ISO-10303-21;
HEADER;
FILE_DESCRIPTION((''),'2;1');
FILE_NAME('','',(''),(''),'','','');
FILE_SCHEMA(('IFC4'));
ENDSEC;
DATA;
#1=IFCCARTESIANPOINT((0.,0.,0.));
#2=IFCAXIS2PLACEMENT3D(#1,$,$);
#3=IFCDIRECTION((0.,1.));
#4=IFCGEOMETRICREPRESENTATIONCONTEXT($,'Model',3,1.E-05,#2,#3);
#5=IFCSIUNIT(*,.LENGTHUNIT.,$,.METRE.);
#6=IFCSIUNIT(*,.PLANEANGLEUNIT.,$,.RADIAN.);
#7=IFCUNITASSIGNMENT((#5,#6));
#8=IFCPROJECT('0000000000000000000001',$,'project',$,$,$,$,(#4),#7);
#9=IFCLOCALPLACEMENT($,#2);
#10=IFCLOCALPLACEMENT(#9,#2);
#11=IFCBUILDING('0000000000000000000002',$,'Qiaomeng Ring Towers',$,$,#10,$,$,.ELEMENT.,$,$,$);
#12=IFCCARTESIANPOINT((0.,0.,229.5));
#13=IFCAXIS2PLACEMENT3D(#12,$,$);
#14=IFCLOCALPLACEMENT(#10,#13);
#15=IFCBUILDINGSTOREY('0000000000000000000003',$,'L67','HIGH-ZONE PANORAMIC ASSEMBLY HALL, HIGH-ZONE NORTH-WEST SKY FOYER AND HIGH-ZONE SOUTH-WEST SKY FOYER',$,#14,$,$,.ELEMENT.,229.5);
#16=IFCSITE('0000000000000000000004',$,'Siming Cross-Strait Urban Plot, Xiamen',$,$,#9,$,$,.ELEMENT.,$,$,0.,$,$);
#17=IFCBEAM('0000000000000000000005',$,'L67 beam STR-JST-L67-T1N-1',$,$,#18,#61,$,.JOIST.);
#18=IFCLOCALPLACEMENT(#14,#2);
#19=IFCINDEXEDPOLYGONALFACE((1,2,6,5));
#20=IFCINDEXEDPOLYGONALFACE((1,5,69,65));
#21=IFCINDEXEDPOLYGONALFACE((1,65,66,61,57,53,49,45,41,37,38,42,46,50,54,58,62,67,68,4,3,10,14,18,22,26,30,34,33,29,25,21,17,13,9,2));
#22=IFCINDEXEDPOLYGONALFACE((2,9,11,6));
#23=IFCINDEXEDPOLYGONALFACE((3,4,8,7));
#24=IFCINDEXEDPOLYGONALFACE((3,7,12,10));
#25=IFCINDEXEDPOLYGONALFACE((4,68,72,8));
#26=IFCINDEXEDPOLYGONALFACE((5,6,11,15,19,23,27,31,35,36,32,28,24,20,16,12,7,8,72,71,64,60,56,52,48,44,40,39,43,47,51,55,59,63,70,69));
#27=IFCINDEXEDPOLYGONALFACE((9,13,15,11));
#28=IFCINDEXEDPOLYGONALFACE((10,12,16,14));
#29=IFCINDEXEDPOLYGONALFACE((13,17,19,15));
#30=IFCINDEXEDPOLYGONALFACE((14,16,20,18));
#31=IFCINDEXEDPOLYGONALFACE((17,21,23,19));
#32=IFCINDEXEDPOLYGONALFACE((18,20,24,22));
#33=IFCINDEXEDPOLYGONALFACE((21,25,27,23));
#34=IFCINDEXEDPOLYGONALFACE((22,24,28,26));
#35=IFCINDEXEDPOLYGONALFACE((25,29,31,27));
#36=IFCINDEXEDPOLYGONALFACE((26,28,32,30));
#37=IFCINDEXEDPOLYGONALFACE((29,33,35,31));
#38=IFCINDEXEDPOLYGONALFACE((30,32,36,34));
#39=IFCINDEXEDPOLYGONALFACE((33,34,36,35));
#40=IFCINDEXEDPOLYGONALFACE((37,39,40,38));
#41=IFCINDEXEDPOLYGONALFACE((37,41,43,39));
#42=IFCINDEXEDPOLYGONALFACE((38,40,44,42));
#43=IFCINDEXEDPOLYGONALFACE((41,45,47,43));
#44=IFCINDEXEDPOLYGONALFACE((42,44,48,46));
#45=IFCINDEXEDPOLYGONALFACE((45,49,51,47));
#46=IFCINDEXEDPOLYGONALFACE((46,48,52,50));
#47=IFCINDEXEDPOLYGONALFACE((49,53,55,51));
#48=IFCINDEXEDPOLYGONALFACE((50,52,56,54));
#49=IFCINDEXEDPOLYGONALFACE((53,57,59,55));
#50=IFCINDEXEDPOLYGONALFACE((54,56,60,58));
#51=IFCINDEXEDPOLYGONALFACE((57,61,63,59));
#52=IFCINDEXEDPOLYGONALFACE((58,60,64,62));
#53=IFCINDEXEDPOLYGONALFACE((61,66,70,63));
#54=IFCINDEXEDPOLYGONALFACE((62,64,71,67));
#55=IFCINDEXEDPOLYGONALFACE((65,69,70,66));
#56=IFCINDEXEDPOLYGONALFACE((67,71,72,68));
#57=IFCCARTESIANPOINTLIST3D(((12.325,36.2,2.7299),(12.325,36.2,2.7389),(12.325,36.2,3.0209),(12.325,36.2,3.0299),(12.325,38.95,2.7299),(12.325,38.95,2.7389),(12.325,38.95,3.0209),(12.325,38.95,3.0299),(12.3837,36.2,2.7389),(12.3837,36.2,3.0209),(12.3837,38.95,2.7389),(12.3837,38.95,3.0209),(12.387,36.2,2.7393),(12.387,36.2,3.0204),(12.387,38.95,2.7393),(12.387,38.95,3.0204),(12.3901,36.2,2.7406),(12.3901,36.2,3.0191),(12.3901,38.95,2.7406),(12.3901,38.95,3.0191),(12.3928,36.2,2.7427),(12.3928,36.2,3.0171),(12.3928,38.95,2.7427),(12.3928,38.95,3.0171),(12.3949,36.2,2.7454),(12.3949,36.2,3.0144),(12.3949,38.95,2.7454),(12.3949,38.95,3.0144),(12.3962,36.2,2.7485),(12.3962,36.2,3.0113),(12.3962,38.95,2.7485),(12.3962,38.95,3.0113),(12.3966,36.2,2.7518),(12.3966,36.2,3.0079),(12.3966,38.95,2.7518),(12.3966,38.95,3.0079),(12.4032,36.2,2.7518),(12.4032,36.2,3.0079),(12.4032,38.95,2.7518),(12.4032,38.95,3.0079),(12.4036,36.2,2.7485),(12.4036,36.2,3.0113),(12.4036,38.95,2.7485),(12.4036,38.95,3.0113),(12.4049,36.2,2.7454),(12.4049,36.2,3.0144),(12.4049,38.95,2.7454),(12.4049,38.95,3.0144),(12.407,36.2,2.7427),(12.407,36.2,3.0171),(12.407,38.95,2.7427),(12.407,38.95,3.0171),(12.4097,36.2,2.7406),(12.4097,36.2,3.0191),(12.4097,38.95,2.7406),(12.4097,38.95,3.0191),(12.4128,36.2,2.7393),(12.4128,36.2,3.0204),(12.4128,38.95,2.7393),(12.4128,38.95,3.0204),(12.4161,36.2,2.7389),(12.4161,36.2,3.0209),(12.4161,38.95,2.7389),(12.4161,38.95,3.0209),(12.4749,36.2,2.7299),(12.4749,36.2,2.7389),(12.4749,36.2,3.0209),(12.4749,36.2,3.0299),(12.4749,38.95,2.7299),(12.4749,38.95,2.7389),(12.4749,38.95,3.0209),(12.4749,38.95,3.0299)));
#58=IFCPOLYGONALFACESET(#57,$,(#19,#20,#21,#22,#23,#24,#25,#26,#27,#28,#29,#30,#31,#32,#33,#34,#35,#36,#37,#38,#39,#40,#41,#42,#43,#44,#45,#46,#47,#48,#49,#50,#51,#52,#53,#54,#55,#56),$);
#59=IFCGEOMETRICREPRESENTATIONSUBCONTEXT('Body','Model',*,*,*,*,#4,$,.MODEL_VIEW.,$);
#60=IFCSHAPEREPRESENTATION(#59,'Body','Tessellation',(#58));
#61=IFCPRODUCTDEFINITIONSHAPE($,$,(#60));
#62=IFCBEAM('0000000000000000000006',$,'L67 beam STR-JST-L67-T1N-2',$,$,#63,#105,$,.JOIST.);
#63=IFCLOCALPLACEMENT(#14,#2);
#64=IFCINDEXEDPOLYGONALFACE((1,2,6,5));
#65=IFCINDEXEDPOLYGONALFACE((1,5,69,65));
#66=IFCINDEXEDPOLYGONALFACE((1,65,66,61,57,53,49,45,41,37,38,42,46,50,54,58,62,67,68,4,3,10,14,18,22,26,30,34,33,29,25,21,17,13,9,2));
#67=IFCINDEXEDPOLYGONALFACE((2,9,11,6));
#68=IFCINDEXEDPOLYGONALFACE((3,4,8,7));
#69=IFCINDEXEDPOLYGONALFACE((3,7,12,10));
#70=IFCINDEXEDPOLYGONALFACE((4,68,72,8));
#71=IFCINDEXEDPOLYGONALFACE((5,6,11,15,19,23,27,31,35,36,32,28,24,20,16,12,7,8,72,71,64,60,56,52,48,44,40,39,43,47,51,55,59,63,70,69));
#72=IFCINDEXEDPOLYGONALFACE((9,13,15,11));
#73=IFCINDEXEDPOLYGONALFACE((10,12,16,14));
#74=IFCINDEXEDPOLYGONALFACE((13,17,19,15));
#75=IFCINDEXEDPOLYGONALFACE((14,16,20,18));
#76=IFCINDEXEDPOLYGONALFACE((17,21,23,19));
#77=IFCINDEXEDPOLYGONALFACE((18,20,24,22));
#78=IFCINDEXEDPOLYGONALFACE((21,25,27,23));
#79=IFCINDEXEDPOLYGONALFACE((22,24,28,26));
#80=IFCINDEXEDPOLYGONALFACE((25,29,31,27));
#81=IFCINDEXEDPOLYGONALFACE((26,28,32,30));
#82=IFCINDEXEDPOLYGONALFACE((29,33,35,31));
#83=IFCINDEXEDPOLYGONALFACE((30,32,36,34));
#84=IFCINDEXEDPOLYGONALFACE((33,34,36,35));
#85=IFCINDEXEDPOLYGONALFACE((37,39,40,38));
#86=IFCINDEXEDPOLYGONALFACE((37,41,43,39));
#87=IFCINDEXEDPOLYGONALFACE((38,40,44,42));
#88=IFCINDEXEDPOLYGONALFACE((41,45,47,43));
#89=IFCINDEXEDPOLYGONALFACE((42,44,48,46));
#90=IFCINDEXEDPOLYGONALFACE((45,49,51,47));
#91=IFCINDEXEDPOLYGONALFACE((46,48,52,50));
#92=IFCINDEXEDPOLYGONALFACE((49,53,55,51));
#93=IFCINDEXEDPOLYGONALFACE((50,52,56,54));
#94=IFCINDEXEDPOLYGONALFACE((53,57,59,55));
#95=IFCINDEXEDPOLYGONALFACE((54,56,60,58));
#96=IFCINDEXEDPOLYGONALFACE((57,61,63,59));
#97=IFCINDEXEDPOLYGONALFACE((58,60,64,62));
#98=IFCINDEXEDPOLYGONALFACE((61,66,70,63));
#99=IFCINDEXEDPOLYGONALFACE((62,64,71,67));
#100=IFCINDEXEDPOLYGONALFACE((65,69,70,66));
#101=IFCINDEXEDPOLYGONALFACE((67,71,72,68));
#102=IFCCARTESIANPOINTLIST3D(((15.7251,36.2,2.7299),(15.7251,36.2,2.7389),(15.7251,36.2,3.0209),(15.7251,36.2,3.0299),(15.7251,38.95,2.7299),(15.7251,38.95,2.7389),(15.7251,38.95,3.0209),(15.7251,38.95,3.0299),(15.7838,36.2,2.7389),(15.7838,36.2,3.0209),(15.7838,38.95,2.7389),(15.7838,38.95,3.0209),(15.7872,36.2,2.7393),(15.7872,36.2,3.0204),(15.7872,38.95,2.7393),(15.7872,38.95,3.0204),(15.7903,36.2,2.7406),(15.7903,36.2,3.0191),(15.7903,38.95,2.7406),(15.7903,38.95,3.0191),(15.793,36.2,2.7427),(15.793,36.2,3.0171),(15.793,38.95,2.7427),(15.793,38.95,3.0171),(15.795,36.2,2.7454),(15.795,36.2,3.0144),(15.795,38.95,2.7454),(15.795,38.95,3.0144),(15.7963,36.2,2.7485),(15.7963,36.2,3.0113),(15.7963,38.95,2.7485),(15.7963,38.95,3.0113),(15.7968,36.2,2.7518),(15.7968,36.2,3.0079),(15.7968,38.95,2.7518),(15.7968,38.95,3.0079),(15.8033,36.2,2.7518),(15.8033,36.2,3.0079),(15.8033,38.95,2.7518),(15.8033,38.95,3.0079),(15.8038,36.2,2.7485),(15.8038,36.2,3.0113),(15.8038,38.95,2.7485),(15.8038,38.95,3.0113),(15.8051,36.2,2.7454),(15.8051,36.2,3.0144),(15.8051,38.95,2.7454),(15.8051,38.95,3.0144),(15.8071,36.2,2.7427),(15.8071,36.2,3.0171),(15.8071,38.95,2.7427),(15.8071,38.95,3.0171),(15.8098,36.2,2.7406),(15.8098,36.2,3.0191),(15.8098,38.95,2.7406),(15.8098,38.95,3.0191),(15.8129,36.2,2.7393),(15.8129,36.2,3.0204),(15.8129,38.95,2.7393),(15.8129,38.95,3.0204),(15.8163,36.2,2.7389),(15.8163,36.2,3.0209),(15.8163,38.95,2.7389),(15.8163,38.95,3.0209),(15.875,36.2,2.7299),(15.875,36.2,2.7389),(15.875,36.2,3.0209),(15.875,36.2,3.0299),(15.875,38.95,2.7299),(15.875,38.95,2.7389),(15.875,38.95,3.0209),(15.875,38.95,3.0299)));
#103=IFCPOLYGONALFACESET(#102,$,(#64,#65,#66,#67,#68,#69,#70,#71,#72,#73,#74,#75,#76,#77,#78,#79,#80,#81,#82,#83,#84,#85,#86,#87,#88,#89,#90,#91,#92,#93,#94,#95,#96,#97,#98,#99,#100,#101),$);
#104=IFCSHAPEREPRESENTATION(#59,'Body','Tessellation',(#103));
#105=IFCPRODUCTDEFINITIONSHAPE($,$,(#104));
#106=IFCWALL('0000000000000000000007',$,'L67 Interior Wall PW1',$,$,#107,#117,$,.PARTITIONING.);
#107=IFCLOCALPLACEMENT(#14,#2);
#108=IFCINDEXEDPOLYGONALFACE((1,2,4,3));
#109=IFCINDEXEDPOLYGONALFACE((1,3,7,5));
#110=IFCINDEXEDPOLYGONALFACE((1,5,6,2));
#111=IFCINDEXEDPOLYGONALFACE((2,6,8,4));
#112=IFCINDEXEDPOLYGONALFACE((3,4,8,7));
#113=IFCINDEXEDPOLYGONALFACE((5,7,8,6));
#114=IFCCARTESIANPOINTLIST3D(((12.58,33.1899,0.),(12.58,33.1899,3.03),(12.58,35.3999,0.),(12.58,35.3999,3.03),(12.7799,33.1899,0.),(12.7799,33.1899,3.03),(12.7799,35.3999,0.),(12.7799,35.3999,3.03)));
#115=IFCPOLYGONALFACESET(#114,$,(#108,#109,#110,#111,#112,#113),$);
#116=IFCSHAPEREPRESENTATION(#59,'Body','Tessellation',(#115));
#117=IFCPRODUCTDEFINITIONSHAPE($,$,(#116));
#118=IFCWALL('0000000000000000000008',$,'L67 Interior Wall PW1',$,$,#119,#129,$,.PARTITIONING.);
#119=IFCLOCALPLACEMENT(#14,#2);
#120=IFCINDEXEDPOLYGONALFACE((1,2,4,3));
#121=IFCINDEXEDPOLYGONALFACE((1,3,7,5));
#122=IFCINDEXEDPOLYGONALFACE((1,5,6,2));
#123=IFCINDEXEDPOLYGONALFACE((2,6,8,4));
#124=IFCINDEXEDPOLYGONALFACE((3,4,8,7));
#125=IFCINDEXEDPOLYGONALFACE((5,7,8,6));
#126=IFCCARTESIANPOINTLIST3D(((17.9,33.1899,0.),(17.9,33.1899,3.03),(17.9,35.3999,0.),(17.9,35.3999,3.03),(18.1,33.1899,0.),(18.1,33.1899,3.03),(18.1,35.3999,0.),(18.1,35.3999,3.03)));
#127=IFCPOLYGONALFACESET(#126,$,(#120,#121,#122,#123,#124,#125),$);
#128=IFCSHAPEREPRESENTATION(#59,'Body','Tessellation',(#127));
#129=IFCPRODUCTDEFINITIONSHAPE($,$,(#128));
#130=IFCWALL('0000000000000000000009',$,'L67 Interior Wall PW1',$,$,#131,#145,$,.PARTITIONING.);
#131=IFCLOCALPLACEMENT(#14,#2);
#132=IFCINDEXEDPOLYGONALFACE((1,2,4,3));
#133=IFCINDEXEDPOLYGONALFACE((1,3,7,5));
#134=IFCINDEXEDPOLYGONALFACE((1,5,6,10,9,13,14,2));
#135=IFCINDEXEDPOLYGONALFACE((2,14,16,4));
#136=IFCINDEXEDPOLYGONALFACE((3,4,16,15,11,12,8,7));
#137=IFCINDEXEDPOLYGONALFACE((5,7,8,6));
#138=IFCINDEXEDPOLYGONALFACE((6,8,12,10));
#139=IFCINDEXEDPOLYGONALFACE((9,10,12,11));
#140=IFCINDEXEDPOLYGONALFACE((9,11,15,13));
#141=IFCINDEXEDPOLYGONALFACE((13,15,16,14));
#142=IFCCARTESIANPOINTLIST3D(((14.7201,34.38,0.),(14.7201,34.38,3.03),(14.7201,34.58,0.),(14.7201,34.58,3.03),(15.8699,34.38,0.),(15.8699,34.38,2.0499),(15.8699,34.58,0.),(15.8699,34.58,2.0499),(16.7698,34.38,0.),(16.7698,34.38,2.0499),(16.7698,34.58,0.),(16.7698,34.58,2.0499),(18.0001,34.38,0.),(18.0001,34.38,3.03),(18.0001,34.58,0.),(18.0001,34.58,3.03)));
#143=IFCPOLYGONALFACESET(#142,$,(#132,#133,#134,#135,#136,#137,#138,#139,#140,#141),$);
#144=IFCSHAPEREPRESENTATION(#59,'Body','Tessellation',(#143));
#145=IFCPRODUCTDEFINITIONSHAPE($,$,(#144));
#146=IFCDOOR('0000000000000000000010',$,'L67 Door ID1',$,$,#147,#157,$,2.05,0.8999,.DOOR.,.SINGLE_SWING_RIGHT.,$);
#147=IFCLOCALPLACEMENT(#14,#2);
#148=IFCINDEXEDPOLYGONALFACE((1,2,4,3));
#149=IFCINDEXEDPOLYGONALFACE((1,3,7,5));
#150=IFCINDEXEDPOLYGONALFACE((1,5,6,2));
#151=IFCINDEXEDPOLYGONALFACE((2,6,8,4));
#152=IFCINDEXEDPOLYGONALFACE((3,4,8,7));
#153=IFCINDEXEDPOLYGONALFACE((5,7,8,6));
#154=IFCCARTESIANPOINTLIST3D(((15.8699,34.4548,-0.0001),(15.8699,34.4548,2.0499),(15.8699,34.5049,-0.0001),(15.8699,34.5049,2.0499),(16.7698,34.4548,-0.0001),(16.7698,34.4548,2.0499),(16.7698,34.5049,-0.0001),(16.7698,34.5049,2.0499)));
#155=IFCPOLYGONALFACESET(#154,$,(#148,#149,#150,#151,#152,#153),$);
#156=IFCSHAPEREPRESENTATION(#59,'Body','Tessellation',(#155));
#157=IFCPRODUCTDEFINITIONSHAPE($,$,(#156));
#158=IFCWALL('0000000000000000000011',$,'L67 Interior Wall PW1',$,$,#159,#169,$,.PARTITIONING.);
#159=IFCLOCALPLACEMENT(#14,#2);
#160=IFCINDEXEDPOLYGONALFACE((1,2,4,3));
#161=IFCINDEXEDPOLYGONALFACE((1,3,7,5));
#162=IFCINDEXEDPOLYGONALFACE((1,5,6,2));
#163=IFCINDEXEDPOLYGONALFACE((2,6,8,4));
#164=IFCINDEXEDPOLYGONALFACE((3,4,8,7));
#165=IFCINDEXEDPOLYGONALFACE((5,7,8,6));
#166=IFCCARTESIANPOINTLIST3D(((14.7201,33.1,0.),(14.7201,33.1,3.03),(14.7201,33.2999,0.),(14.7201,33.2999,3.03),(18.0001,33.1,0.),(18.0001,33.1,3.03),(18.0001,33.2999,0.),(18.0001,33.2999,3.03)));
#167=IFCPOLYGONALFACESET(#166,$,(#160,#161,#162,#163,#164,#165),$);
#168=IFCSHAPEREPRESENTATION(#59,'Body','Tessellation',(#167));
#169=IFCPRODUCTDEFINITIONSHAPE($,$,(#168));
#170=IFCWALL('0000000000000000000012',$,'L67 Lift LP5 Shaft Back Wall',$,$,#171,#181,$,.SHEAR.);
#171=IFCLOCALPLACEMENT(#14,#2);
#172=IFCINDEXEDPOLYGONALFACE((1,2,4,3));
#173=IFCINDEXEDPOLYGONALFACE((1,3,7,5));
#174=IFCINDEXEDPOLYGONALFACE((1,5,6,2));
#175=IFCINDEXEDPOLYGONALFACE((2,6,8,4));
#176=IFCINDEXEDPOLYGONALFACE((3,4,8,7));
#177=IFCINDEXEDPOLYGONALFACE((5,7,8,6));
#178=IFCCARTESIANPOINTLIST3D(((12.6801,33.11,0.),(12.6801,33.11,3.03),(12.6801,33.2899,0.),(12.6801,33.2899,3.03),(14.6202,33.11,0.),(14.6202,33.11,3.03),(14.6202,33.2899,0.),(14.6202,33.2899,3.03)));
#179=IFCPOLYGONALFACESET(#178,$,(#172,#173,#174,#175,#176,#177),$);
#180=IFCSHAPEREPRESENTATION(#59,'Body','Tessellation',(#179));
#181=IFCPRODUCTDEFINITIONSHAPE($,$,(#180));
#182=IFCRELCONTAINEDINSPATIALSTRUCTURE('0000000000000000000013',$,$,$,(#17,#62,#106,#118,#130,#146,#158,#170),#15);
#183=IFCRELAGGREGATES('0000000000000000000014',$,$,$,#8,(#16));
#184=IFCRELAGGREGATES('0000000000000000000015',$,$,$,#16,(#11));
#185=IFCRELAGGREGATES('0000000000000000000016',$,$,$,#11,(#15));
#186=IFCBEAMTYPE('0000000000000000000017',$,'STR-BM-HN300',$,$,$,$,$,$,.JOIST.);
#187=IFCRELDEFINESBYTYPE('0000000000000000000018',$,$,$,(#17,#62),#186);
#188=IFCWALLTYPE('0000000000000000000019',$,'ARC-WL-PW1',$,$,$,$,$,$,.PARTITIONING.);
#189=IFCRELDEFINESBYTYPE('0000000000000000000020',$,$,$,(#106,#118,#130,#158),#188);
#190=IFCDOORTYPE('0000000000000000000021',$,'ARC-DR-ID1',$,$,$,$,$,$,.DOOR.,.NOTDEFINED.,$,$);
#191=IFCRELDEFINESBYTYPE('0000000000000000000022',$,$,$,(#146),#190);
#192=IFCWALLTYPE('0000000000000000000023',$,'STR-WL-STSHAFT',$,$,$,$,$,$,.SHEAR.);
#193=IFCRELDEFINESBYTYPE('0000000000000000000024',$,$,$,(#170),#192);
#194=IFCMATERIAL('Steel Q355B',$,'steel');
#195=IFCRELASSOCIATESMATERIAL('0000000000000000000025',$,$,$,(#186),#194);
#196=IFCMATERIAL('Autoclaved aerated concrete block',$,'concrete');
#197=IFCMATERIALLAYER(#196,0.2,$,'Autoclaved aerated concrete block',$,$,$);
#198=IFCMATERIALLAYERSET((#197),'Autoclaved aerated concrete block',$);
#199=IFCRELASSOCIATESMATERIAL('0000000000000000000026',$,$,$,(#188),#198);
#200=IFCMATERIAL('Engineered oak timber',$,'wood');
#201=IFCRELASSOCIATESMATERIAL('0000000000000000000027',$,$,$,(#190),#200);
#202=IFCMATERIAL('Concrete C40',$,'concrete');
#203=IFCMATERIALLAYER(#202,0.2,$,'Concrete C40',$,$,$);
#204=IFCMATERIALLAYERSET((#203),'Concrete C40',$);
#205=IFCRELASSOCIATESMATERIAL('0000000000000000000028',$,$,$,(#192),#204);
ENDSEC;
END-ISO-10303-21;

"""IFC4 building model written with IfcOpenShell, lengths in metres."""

from ifc_helpers import new_model, si_unit, direction, frame, frame_2d, origin, origin_2d, place, context, subcontext, project, spatial, rectangle, i_section, extrude, source, transform, mapped, material, layer, layer_set, material_profile, profile_set, type_object, element, fill, save


model = new_model("IFC4")

# Units and contexts
model_context = context("Model", 3, precision=1e-05, world=origin(), true_north=direction((0.0, 1.0)))
body_context = subcontext(model_context, "Body", "Model", "MODEL_VIEW")
ifc_project = project(units=[si_unit("LENGTHUNIT", "METRE"), si_unit("PLANEANGLEUNIT", "RADIAN")], contexts=[model_context])

# Site, building, storey
site_placement = place(None, origin())
site = spatial("IfcSite", under=ifc_project, at=site_placement, Name="Siming Cross-Strait Urban Plot, Xiamen", CompositionType="ELEMENT", RefElevation=0.0)
building_placement = place(site_placement, origin())
building = spatial("IfcBuilding", under=site, at=building_placement, Name="Qiaomeng Ring Towers", CompositionType="ELEMENT")
storey_placement = place(building_placement, frame((0.0, 0.0, 229.5)))
storey = spatial("IfcBuildingStorey", under=building, at=storey_placement, Name="L67", Description="HIGH-ZONE PANORAMIC ASSEMBLY HALL, HIGH-ZONE NORTH-WEST SKY FOYER AND HIGH-ZONE SOUTH-WEST SKY FOYER", CompositionType="ELEMENT", Elevation=229.5)

# Beams
ifc_material_1 = material(Name="Steel Q355B", Category="steel")
ifc_material_profile_1 = material_profile(ifc_material_1, i_section(OverallWidth=0.1499, OverallDepth=0.3, WebThickness=0.0066, FlangeThickness=0.009, FilletRadius=0.0129, at=origin_2d()), Name="HN 300x150x6.5x9")
ifc_profile_set_1 = profile_set([ifc_material_profile_1], Name="Steel Q355B")
beam_type = type_object("IfcBeamType", Name="STR-BM-HN300", PredefinedType="JOIST", material=ifc_profile_set_1)
shared_shape_1 = source(origin(), body_context, "Body", "SweptSolid", [
    extrude(i_section(OverallWidth=0.1499, OverallDepth=0.3, WebThickness=0.0066, FlangeThickness=0.009, FilletRadius=0.0129, at=origin_2d()), origin(), (0.0, 0.0, 1.0), 2.75),
])
for number, where, z_axis, x_axis, name in (
    (1, (12.3999, 36.2, 2.8799), (0.0, 1.0, 0.0), (-1.0, 0.0, 0.0), "L67 beam STR-JST-L67-T1N-1"),
    (2, (15.8, 36.2, 2.8799), (0.0, 1.0, 0.0), (-1.0, 0.0, 0.0), "L67 beam STR-JST-L67-T1N-2"),
):
    element("IfcBeam", number, at=place(storey_placement, frame(where, z_axis=z_axis, x_axis=x_axis)), inside=storey, type_object=beam_type, Name=name, PredefinedType="JOIST", context=body_context, shape_type="MappedRepresentation", body=[
        mapped(shared_shape_1, transform((0.0, 0.0, 0.0), x_axis=(1.0, 0.0, 0.0), y_axis=(0.0, 1.0, 0.0), z_axis=(0.0, 0.0, 1.0), scale=1.0)),
    ])

# Walls
ifc_material_2 = material(Name="Autoclaved aerated concrete block", Category="concrete")
ifc_layer_1 = layer(ifc_material_2, 0.2, Name="Autoclaved aerated concrete block")
ifc_layer_set_1 = layer_set([ifc_layer_1], Name="Autoclaved aerated concrete block")
wall_type_1 = type_object("IfcWallType", Name="ARC-WL-PW1", PredefinedType="PARTITIONING", material=ifc_layer_set_1)
for number, where, z_axis, x_axis, name in (
    (3, (12.6799, 33.1899, 0.0), (0.0, 0.0, 1.0), (0.0, 1.0, 0.0), "L67 Interior Wall PW1"),
    (4, (18.0, 33.1899, 0.0), (0.0, 0.0, 1.0), (0.0, 1.0, 0.0), "L67 Interior Wall PW1"),
):
    element("IfcWall", number, at=place(storey_placement, frame(where, z_axis=z_axis, x_axis=x_axis)), inside=storey, type_object=wall_type_1, Name=name, PredefinedType="PARTITIONING", context=body_context, shape_type="SweptSolid", body=[
        extrude(rectangle(XDim=2.21, YDim=0.2, at=frame_2d((1.105, 0.0))), origin(), (0.0, 0.0, 1.0), 3.03),
    ])

# Wall, opening, door
wall_1_placement = place(storey_placement, frame((14.72, 34.48, 0.0), z_axis=(0.0, 0.0, 1.0), x_axis=(1.0, 0.0, 0.0)))
wall_1 = element("IfcWall", 5, at=wall_1_placement, inside=storey, type_object=wall_type_1, Name="L67 Interior Wall PW1", PredefinedType="PARTITIONING", context=body_context, shape_type="SweptSolid", body=[
    extrude(rectangle(XDim=3.28, YDim=0.2, at=frame_2d((1.6401, 0.0))), origin(), (0.0, 0.0, 1.0), 3.03),
])
opening_1_placement = place(wall_1_placement, frame((1.1499, 0.0, 0.0)))
opening_1 = element("IfcOpeningElement", 6, at=opening_1_placement, cuts=wall_1, PredefinedType="OPENING", context=body_context, shape_type="SweptSolid", body=[
    extrude(rectangle(XDim=0.8999, YDim=2.05, at=frame_2d((0.45, 1.0249))), frame((0.0, 0.1099, 0.0), z_axis=(0.0, -1.0, 0.0), x_axis=(1.0, 0.0, 0.0)), (0.0, 0.0, 1.0), 0.22),
])
ifc_material_3 = material(Name="Engineered oak timber", Category="wood")
door_type_1 = type_object("IfcDoorType", Name="ARC-DR-ID1", OperationType="NOTDEFINED", PredefinedType="DOOR", material=ifc_material_3)
shared_shape_2 = source(origin(), body_context, "Body", "SweptSolid", [
    extrude(rectangle(XDim=0.8999, YDim=2.05, at=frame_2d((0.45, 1.0249))), frame((0.0, 0.0249, 0.0), z_axis=(0.0, -1.0, 0.0), x_axis=(1.0, 0.0, 0.0)), (0.0, 0.0, 1.0), 0.05),
])
door_1_placement = place(opening_1_placement, origin())
door_1 = element("IfcDoor", 7, at=door_1_placement, inside=storey, type_object=door_type_1, Name="L67 Door ID1", OperationType="SINGLE_SWING_RIGHT", OverallHeight=2.05, OverallWidth=0.8999, PredefinedType="DOOR", context=body_context, shape_type="MappedRepresentation", body=[
    mapped(shared_shape_2, transform((0.0, 0.0, 0.0), x_axis=(1.0, 0.0, 0.0), y_axis=(0.0, 1.0, 0.0), z_axis=(0.0, 0.0, 1.0), scale=1.0)),
])
fill(opening_1, door_1)

# Walls
wall_2_placement = place(storey_placement, frame((14.72, 33.2, 0.0), z_axis=(0.0, 0.0, 1.0), x_axis=(1.0, 0.0, 0.0)))
element("IfcWall", 8, at=wall_2_placement, inside=storey, type_object=wall_type_1, Name="L67 Interior Wall PW1", PredefinedType="PARTITIONING", context=body_context, shape_type="SweptSolid", body=[
    extrude(rectangle(XDim=3.28, YDim=0.2, at=frame_2d((1.6401, 0.0))), origin(), (0.0, 0.0, 1.0), 3.03),
])
ifc_material_4 = material(Name="Concrete C40", Category="concrete")
ifc_layer_2 = layer(ifc_material_4, 0.2, Name="Concrete C40")
ifc_layer_set_2 = layer_set([ifc_layer_2], Name="Concrete C40")
wall_type_2 = type_object("IfcWallType", Name="STR-WL-STSHAFT", PredefinedType="SHEAR", material=ifc_layer_set_2)
wall_3_placement = place(storey_placement, frame((12.6799, 33.2, 0.0), z_axis=(0.0, 0.0, 1.0), x_axis=(1.0, 0.0, 0.0)))
element("IfcWall", 9, at=wall_3_placement, inside=storey, type_object=wall_type_2, Name="L67 Lift LP5 Shaft Back Wall", PredefinedType="SHEAR", context=body_context, shape_type="SweptSolid", body=[
    extrude(rectangle(XDim=1.9402, YDim=0.1799, at=frame_2d((0.9702, 0.0))), origin(), (0.0, 0.0, 1.0), 3.03),
])

save(model, "model.ifc")
